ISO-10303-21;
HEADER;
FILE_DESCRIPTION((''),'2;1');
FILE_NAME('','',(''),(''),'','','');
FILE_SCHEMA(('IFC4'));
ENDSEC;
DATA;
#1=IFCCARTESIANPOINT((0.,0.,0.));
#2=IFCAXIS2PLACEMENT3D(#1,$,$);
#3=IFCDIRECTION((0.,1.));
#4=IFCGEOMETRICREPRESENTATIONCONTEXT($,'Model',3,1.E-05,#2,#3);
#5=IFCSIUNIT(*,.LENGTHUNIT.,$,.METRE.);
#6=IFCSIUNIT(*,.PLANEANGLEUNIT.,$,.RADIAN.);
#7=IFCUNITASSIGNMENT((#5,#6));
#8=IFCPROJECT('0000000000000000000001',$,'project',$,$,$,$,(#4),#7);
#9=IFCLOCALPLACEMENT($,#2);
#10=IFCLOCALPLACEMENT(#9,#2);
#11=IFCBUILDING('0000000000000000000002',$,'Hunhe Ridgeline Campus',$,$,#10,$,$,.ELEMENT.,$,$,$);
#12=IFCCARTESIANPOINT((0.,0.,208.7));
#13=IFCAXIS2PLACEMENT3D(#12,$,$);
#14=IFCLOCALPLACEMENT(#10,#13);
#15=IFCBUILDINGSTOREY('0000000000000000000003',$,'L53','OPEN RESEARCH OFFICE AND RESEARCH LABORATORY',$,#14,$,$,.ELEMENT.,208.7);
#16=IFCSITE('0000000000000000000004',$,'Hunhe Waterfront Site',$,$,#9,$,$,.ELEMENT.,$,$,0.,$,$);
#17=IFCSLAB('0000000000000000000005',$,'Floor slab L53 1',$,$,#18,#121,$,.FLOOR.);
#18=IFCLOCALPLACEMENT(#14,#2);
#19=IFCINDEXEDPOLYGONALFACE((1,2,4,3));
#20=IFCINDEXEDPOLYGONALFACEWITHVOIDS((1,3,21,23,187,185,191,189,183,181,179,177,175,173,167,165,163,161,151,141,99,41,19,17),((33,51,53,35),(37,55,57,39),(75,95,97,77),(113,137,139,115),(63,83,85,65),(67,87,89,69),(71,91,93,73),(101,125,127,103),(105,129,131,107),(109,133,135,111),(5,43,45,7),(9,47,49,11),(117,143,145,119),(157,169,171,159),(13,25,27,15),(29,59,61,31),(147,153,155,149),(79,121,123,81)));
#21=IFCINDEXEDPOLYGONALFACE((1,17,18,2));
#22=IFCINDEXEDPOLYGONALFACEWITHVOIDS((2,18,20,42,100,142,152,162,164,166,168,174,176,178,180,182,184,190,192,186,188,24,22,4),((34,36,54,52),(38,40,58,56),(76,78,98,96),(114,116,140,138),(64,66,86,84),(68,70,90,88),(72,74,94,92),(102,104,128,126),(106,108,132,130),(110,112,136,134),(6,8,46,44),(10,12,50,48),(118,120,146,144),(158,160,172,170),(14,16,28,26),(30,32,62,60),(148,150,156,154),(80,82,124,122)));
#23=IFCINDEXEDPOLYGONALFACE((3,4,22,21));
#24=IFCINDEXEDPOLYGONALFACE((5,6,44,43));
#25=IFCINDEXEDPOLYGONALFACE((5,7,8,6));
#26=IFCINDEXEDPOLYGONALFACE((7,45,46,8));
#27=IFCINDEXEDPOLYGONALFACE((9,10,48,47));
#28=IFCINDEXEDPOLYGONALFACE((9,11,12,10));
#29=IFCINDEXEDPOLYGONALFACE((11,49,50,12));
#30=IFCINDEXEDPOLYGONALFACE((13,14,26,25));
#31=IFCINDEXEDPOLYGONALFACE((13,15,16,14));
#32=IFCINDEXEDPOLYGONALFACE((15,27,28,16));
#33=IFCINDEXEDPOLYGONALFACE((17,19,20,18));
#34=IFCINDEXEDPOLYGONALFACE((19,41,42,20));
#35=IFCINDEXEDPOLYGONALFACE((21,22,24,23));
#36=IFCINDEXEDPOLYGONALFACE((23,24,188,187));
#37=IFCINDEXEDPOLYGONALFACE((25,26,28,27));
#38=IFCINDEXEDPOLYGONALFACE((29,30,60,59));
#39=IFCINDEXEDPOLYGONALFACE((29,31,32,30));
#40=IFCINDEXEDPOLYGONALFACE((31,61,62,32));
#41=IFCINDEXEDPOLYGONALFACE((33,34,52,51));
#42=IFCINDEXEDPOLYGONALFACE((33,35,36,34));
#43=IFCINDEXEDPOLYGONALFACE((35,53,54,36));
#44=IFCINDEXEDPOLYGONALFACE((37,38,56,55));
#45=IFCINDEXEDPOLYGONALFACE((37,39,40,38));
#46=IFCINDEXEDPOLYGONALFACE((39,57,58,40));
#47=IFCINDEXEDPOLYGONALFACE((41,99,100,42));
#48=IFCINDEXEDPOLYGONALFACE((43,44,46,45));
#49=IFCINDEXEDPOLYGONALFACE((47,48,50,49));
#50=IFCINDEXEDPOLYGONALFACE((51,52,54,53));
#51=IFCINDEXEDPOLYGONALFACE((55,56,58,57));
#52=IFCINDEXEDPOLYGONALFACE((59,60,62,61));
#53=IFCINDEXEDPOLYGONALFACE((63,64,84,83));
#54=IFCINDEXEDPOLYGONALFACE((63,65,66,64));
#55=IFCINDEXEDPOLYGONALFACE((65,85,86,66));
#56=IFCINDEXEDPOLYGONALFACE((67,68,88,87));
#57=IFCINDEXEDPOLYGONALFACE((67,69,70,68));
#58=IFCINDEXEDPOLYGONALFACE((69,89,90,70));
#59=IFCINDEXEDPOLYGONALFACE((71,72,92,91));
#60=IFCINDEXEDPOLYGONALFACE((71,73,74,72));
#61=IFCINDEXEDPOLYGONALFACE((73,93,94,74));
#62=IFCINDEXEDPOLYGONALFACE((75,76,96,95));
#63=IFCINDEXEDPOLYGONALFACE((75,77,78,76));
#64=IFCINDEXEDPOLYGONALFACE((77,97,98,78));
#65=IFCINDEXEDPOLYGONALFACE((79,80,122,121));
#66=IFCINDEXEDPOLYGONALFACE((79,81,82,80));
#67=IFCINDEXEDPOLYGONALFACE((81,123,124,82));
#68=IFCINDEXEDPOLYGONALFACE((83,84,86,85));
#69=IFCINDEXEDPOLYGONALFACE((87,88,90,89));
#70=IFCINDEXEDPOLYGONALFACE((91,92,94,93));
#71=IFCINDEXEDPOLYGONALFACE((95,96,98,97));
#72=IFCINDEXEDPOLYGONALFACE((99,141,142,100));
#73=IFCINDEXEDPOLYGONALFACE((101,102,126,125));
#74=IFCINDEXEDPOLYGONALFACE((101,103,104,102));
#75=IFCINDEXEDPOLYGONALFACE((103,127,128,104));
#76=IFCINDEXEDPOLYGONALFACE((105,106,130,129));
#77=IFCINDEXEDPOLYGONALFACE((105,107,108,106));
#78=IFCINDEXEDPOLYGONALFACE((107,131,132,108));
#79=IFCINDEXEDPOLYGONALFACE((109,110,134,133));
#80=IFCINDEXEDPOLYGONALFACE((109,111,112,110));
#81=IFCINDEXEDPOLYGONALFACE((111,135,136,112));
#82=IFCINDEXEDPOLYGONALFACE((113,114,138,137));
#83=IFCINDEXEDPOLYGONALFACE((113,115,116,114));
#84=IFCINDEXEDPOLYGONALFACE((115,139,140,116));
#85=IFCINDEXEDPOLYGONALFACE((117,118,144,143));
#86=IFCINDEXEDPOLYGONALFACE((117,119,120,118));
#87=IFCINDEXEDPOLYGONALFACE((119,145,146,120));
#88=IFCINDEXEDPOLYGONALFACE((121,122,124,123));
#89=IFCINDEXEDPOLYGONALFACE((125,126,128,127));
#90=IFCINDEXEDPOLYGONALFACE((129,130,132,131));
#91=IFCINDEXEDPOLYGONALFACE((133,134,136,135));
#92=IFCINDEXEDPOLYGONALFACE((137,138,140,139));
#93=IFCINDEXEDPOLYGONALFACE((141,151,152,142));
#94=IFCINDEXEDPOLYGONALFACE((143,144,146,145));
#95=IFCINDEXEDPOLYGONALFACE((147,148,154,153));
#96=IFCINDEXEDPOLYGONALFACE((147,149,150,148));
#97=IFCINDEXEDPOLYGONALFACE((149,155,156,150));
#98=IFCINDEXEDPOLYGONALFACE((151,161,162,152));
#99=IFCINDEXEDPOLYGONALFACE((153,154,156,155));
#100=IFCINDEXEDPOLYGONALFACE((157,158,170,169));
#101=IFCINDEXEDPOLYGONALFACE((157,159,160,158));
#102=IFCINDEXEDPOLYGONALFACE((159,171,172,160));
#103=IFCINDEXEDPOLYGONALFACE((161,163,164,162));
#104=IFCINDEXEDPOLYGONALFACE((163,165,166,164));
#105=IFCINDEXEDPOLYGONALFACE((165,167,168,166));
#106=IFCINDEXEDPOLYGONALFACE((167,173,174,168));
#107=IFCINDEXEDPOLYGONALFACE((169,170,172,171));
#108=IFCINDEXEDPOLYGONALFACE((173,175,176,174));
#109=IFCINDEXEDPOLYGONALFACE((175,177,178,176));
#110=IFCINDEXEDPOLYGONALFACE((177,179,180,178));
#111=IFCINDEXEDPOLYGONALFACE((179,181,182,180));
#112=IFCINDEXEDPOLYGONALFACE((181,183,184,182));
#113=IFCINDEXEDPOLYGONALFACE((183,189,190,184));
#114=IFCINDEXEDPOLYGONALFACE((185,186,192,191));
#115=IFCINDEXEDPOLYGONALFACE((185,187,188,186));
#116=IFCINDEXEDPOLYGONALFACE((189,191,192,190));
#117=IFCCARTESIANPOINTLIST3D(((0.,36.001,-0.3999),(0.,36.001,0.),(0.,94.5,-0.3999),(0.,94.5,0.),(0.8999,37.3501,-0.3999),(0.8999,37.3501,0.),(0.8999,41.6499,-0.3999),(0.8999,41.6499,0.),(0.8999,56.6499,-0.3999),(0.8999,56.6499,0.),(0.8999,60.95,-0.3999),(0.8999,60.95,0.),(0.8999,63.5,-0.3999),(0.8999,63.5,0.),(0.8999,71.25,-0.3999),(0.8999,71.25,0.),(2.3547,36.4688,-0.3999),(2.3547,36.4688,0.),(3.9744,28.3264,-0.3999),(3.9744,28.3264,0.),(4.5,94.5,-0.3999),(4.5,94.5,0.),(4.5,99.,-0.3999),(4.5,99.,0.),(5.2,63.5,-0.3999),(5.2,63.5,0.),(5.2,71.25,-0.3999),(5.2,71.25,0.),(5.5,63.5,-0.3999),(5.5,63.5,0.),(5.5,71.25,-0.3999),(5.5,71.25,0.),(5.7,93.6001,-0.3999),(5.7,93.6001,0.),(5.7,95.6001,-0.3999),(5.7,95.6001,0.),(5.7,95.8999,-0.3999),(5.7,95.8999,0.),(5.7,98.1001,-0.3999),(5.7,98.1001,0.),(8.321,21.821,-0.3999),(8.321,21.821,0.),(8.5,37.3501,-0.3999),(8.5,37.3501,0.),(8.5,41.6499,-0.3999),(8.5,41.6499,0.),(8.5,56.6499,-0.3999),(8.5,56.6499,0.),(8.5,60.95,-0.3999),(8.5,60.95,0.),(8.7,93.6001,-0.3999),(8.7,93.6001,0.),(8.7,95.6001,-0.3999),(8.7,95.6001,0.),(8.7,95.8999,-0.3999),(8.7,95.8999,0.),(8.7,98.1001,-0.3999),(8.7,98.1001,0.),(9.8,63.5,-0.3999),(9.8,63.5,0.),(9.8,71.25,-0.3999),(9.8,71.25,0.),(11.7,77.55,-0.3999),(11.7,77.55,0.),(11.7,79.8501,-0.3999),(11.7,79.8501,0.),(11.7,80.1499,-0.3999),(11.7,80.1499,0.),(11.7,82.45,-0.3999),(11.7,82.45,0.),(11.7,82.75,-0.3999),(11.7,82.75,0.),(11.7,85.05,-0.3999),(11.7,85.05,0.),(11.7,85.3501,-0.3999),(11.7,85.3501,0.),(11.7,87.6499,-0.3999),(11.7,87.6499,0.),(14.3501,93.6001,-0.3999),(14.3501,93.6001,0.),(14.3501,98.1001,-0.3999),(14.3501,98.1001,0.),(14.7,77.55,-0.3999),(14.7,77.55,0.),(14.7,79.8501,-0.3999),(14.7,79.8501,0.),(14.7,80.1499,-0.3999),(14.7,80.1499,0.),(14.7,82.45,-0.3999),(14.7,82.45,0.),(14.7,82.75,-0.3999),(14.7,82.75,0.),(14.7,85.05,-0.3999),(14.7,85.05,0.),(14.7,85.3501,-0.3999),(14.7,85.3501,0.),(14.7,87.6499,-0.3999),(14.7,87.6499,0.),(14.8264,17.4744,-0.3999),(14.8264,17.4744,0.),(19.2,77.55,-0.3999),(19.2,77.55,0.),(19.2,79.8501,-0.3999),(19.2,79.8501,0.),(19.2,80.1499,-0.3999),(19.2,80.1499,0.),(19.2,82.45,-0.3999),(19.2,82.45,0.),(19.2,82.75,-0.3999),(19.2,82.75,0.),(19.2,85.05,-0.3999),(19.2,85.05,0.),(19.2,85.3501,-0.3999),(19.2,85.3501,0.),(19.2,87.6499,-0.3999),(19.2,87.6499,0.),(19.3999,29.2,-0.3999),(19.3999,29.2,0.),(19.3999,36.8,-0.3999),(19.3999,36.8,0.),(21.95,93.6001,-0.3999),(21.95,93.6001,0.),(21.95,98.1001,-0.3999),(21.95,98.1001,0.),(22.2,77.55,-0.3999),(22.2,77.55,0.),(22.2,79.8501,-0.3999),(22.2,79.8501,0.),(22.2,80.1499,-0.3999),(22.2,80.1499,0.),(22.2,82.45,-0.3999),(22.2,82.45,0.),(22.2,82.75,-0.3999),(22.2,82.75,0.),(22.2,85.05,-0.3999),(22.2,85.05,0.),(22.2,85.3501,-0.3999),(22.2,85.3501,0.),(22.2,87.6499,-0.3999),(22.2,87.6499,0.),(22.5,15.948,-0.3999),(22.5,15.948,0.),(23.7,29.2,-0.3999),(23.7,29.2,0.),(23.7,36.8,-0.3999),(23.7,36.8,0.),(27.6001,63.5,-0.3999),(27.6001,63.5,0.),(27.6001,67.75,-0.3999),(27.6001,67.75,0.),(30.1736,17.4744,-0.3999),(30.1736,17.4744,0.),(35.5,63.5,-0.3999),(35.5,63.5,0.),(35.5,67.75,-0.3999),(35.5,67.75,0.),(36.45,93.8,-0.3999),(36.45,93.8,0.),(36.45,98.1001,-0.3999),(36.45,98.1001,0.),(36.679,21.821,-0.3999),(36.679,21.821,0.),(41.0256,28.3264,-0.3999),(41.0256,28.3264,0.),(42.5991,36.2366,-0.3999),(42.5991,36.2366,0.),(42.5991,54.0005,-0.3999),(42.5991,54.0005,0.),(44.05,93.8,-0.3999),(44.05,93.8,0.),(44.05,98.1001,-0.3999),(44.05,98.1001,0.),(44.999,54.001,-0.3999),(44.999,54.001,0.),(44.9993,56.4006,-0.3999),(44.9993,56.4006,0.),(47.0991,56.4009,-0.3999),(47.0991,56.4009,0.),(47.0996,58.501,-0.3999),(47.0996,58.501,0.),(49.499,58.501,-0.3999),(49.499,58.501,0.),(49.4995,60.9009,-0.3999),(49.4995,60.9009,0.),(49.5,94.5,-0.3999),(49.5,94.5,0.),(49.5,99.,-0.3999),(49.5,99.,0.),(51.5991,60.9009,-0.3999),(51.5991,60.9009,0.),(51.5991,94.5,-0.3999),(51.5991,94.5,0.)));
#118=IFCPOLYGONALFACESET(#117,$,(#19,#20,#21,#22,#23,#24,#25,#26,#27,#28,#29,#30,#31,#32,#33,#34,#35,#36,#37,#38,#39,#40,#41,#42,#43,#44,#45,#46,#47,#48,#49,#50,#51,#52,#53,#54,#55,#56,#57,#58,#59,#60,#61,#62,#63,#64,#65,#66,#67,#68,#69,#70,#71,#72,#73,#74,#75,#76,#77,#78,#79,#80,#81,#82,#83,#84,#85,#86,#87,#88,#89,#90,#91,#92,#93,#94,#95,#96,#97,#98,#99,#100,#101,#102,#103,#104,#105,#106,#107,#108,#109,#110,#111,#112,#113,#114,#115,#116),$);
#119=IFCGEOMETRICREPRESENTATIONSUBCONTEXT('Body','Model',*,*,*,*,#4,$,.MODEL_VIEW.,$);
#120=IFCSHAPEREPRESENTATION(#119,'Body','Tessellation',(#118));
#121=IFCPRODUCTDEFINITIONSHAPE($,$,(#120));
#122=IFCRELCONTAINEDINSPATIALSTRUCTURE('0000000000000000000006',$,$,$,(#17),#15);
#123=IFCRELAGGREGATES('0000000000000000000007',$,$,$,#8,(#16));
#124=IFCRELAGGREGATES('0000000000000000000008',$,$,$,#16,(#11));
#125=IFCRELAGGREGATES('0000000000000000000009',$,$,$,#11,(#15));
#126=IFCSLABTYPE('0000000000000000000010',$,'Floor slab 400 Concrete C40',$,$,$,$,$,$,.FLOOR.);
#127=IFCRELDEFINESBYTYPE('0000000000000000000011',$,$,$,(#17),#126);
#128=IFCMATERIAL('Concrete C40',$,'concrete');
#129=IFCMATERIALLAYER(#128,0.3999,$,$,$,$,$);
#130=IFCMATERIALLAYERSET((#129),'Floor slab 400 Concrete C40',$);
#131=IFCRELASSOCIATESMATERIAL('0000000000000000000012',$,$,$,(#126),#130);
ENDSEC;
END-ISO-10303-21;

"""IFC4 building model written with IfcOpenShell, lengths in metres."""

from ifc_helpers import new_model, si_unit, direction, frame, origin, place, context, subcontext, project, spatial, polyline, outline, extrude, material, layer, layer_set, type_object, element, save


model = new_model("IFC4")

# Units and contexts
model_context = context("Model", 3, precision=1e-05, world=origin(), true_north=direction((0.0, 1.0)))
body_context = subcontext(model_context, "Body", "Model", "MODEL_VIEW")
ifc_project = project(units=[si_unit("LENGTHUNIT", "METRE"), si_unit("PLANEANGLEUNIT", "RADIAN")], contexts=[model_context])

# Site, building, storey
site_placement = place(None, origin())
site = spatial("IfcSite", under=ifc_project, at=site_placement, Name="Hunhe Waterfront Site", CompositionType="ELEMENT", RefElevation=0.0)
building_placement = place(site_placement, origin())
building = spatial("IfcBuilding", under=site, at=building_placement, Name="Hunhe Ridgeline Campus", CompositionType="ELEMENT")
storey_placement = place(building_placement, frame((0.0, 0.0, 208.7)))
storey = spatial("IfcBuildingStorey", under=building, at=storey_placement, Name="L53", Description="OPEN RESEARCH OFFICE AND RESEARCH LABORATORY", CompositionType="ELEMENT", Elevation=208.7)

# Slab
ifc_material_1 = material(Name="Concrete C40", Category="concrete")
ifc_layer_1 = layer(ifc_material_1, 0.3999)
ifc_layer_set_1 = layer_set([ifc_layer_1], Name="Floor slab 400 Concrete C40")
slab_type_1 = type_object("IfcSlabType", Name="Floor slab 400 Concrete C40", PredefinedType="FLOOR", material=ifc_layer_set_1)
slab_1_placement = place(storey_placement, frame((0.0, 0.0, -0.3999)))
element("IfcSlab", 1, at=slab_1_placement, inside=storey, type_object=slab_type_1, Name="Floor slab L53 1", PredefinedType="FLOOR", context=body_context, shape_type="SweptSolid", body=[
    extrude(outline(polyline([(30.1736, 17.4744), (36.679, 21.821), (41.0256, 28.3264), (42.5991, 36.2366), (42.5991, 54.0005), (44.999, 54.001), (44.9993, 56.4006), (47.0991, 56.4009), (47.0996, 58.501), (49.499, 58.501), (49.4995, 60.9009), (51.5991, 60.9009), (51.5991, 94.5), (49.5, 94.5), (49.5, 99.0), (4.5, 99.0), (4.5, 94.5), (0.0, 94.5), (0.0, 36.001), (2.3547, 36.4688), (3.9744, 28.3264), (8.321, 21.821), (14.8264, 17.4744), (22.5, 15.948), (30.1736, 17.4744)]), holes=[polyline([(36.45, 93.8), (44.05, 93.8), (44.05, 98.1001), (36.45, 98.1001), (36.45, 93.8)]), polyline([(35.5, 63.5), (35.5, 67.75), (27.6001, 67.75), (27.6001, 63.5), (35.5, 63.5)]), polyline([(19.3999, 29.2), (23.7, 29.2), (23.7, 36.8), (19.3999, 36.8), (19.3999, 29.2)]), polyline([(22.2, 80.1499), (22.2, 82.45), (19.2, 82.45), (19.2, 80.1499), (22.2, 80.1499)]), polyline([(22.2, 79.8501), (19.2, 79.8501), (19.2, 77.55), (22.2, 77.55), (22.2, 79.8501)]), polyline([(19.2, 87.6499), (19.2, 85.3501), (22.2, 85.3501), (22.2, 87.6499), (19.2, 87.6499)]), polyline([(19.2, 82.75), (22.2, 82.75), (22.2, 85.05), (19.2, 85.05), (19.2, 82.75)]), polyline([(14.3501, 93.6001), (21.95, 93.6001), (21.95, 98.1001), (14.3501, 98.1001), (14.3501, 93.6001)]), polyline([(14.7, 79.8501), (11.7, 79.8501), (11.7, 77.55), (14.7, 77.55), (14.7, 79.8501)]), polyline([(14.7, 80.1499), (14.7, 82.45), (11.7, 82.45), (11.7, 80.1499), (14.7, 80.1499)]), polyline([(11.7, 87.6499), (11.7, 85.3501), (14.7, 85.3501), (14.7, 87.6499), (11.7, 87.6499)]), polyline([(11.7, 82.75), (14.7, 82.75), (14.7, 85.05), (11.7, 85.05), (11.7, 82.75)]), polyline([(9.8, 71.25), (5.5, 71.25), (5.5, 63.5), (9.8, 63.5), (9.8, 71.25)]), polyline([(8.7, 95.8999), (8.7, 98.1001), (5.7, 98.1001), (5.7, 95.8999), (8.7, 95.8999)]), polyline([(8.7, 95.6001), (5.7, 95.6001), (5.7, 93.6001), (8.7, 93.6001), (8.7, 95.6001)]), polyline([(0.8999, 37.3501), (8.5, 37.3501), (8.5, 41.6499), (0.8999, 41.6499), (0.8999, 37.3501)]), polyline([(0.8999, 60.95), (0.8999, 56.6499), (8.5, 56.6499), (8.5, 60.95), (0.8999, 60.95)]), polyline([(0.8999, 71.25), (0.8999, 63.5), (5.2, 63.5), (5.2, 71.25), (0.8999, 71.25)])]), origin(), (0.0, 0.0, 1.0), 0.3999),
])

save(model, "model.ifc")
